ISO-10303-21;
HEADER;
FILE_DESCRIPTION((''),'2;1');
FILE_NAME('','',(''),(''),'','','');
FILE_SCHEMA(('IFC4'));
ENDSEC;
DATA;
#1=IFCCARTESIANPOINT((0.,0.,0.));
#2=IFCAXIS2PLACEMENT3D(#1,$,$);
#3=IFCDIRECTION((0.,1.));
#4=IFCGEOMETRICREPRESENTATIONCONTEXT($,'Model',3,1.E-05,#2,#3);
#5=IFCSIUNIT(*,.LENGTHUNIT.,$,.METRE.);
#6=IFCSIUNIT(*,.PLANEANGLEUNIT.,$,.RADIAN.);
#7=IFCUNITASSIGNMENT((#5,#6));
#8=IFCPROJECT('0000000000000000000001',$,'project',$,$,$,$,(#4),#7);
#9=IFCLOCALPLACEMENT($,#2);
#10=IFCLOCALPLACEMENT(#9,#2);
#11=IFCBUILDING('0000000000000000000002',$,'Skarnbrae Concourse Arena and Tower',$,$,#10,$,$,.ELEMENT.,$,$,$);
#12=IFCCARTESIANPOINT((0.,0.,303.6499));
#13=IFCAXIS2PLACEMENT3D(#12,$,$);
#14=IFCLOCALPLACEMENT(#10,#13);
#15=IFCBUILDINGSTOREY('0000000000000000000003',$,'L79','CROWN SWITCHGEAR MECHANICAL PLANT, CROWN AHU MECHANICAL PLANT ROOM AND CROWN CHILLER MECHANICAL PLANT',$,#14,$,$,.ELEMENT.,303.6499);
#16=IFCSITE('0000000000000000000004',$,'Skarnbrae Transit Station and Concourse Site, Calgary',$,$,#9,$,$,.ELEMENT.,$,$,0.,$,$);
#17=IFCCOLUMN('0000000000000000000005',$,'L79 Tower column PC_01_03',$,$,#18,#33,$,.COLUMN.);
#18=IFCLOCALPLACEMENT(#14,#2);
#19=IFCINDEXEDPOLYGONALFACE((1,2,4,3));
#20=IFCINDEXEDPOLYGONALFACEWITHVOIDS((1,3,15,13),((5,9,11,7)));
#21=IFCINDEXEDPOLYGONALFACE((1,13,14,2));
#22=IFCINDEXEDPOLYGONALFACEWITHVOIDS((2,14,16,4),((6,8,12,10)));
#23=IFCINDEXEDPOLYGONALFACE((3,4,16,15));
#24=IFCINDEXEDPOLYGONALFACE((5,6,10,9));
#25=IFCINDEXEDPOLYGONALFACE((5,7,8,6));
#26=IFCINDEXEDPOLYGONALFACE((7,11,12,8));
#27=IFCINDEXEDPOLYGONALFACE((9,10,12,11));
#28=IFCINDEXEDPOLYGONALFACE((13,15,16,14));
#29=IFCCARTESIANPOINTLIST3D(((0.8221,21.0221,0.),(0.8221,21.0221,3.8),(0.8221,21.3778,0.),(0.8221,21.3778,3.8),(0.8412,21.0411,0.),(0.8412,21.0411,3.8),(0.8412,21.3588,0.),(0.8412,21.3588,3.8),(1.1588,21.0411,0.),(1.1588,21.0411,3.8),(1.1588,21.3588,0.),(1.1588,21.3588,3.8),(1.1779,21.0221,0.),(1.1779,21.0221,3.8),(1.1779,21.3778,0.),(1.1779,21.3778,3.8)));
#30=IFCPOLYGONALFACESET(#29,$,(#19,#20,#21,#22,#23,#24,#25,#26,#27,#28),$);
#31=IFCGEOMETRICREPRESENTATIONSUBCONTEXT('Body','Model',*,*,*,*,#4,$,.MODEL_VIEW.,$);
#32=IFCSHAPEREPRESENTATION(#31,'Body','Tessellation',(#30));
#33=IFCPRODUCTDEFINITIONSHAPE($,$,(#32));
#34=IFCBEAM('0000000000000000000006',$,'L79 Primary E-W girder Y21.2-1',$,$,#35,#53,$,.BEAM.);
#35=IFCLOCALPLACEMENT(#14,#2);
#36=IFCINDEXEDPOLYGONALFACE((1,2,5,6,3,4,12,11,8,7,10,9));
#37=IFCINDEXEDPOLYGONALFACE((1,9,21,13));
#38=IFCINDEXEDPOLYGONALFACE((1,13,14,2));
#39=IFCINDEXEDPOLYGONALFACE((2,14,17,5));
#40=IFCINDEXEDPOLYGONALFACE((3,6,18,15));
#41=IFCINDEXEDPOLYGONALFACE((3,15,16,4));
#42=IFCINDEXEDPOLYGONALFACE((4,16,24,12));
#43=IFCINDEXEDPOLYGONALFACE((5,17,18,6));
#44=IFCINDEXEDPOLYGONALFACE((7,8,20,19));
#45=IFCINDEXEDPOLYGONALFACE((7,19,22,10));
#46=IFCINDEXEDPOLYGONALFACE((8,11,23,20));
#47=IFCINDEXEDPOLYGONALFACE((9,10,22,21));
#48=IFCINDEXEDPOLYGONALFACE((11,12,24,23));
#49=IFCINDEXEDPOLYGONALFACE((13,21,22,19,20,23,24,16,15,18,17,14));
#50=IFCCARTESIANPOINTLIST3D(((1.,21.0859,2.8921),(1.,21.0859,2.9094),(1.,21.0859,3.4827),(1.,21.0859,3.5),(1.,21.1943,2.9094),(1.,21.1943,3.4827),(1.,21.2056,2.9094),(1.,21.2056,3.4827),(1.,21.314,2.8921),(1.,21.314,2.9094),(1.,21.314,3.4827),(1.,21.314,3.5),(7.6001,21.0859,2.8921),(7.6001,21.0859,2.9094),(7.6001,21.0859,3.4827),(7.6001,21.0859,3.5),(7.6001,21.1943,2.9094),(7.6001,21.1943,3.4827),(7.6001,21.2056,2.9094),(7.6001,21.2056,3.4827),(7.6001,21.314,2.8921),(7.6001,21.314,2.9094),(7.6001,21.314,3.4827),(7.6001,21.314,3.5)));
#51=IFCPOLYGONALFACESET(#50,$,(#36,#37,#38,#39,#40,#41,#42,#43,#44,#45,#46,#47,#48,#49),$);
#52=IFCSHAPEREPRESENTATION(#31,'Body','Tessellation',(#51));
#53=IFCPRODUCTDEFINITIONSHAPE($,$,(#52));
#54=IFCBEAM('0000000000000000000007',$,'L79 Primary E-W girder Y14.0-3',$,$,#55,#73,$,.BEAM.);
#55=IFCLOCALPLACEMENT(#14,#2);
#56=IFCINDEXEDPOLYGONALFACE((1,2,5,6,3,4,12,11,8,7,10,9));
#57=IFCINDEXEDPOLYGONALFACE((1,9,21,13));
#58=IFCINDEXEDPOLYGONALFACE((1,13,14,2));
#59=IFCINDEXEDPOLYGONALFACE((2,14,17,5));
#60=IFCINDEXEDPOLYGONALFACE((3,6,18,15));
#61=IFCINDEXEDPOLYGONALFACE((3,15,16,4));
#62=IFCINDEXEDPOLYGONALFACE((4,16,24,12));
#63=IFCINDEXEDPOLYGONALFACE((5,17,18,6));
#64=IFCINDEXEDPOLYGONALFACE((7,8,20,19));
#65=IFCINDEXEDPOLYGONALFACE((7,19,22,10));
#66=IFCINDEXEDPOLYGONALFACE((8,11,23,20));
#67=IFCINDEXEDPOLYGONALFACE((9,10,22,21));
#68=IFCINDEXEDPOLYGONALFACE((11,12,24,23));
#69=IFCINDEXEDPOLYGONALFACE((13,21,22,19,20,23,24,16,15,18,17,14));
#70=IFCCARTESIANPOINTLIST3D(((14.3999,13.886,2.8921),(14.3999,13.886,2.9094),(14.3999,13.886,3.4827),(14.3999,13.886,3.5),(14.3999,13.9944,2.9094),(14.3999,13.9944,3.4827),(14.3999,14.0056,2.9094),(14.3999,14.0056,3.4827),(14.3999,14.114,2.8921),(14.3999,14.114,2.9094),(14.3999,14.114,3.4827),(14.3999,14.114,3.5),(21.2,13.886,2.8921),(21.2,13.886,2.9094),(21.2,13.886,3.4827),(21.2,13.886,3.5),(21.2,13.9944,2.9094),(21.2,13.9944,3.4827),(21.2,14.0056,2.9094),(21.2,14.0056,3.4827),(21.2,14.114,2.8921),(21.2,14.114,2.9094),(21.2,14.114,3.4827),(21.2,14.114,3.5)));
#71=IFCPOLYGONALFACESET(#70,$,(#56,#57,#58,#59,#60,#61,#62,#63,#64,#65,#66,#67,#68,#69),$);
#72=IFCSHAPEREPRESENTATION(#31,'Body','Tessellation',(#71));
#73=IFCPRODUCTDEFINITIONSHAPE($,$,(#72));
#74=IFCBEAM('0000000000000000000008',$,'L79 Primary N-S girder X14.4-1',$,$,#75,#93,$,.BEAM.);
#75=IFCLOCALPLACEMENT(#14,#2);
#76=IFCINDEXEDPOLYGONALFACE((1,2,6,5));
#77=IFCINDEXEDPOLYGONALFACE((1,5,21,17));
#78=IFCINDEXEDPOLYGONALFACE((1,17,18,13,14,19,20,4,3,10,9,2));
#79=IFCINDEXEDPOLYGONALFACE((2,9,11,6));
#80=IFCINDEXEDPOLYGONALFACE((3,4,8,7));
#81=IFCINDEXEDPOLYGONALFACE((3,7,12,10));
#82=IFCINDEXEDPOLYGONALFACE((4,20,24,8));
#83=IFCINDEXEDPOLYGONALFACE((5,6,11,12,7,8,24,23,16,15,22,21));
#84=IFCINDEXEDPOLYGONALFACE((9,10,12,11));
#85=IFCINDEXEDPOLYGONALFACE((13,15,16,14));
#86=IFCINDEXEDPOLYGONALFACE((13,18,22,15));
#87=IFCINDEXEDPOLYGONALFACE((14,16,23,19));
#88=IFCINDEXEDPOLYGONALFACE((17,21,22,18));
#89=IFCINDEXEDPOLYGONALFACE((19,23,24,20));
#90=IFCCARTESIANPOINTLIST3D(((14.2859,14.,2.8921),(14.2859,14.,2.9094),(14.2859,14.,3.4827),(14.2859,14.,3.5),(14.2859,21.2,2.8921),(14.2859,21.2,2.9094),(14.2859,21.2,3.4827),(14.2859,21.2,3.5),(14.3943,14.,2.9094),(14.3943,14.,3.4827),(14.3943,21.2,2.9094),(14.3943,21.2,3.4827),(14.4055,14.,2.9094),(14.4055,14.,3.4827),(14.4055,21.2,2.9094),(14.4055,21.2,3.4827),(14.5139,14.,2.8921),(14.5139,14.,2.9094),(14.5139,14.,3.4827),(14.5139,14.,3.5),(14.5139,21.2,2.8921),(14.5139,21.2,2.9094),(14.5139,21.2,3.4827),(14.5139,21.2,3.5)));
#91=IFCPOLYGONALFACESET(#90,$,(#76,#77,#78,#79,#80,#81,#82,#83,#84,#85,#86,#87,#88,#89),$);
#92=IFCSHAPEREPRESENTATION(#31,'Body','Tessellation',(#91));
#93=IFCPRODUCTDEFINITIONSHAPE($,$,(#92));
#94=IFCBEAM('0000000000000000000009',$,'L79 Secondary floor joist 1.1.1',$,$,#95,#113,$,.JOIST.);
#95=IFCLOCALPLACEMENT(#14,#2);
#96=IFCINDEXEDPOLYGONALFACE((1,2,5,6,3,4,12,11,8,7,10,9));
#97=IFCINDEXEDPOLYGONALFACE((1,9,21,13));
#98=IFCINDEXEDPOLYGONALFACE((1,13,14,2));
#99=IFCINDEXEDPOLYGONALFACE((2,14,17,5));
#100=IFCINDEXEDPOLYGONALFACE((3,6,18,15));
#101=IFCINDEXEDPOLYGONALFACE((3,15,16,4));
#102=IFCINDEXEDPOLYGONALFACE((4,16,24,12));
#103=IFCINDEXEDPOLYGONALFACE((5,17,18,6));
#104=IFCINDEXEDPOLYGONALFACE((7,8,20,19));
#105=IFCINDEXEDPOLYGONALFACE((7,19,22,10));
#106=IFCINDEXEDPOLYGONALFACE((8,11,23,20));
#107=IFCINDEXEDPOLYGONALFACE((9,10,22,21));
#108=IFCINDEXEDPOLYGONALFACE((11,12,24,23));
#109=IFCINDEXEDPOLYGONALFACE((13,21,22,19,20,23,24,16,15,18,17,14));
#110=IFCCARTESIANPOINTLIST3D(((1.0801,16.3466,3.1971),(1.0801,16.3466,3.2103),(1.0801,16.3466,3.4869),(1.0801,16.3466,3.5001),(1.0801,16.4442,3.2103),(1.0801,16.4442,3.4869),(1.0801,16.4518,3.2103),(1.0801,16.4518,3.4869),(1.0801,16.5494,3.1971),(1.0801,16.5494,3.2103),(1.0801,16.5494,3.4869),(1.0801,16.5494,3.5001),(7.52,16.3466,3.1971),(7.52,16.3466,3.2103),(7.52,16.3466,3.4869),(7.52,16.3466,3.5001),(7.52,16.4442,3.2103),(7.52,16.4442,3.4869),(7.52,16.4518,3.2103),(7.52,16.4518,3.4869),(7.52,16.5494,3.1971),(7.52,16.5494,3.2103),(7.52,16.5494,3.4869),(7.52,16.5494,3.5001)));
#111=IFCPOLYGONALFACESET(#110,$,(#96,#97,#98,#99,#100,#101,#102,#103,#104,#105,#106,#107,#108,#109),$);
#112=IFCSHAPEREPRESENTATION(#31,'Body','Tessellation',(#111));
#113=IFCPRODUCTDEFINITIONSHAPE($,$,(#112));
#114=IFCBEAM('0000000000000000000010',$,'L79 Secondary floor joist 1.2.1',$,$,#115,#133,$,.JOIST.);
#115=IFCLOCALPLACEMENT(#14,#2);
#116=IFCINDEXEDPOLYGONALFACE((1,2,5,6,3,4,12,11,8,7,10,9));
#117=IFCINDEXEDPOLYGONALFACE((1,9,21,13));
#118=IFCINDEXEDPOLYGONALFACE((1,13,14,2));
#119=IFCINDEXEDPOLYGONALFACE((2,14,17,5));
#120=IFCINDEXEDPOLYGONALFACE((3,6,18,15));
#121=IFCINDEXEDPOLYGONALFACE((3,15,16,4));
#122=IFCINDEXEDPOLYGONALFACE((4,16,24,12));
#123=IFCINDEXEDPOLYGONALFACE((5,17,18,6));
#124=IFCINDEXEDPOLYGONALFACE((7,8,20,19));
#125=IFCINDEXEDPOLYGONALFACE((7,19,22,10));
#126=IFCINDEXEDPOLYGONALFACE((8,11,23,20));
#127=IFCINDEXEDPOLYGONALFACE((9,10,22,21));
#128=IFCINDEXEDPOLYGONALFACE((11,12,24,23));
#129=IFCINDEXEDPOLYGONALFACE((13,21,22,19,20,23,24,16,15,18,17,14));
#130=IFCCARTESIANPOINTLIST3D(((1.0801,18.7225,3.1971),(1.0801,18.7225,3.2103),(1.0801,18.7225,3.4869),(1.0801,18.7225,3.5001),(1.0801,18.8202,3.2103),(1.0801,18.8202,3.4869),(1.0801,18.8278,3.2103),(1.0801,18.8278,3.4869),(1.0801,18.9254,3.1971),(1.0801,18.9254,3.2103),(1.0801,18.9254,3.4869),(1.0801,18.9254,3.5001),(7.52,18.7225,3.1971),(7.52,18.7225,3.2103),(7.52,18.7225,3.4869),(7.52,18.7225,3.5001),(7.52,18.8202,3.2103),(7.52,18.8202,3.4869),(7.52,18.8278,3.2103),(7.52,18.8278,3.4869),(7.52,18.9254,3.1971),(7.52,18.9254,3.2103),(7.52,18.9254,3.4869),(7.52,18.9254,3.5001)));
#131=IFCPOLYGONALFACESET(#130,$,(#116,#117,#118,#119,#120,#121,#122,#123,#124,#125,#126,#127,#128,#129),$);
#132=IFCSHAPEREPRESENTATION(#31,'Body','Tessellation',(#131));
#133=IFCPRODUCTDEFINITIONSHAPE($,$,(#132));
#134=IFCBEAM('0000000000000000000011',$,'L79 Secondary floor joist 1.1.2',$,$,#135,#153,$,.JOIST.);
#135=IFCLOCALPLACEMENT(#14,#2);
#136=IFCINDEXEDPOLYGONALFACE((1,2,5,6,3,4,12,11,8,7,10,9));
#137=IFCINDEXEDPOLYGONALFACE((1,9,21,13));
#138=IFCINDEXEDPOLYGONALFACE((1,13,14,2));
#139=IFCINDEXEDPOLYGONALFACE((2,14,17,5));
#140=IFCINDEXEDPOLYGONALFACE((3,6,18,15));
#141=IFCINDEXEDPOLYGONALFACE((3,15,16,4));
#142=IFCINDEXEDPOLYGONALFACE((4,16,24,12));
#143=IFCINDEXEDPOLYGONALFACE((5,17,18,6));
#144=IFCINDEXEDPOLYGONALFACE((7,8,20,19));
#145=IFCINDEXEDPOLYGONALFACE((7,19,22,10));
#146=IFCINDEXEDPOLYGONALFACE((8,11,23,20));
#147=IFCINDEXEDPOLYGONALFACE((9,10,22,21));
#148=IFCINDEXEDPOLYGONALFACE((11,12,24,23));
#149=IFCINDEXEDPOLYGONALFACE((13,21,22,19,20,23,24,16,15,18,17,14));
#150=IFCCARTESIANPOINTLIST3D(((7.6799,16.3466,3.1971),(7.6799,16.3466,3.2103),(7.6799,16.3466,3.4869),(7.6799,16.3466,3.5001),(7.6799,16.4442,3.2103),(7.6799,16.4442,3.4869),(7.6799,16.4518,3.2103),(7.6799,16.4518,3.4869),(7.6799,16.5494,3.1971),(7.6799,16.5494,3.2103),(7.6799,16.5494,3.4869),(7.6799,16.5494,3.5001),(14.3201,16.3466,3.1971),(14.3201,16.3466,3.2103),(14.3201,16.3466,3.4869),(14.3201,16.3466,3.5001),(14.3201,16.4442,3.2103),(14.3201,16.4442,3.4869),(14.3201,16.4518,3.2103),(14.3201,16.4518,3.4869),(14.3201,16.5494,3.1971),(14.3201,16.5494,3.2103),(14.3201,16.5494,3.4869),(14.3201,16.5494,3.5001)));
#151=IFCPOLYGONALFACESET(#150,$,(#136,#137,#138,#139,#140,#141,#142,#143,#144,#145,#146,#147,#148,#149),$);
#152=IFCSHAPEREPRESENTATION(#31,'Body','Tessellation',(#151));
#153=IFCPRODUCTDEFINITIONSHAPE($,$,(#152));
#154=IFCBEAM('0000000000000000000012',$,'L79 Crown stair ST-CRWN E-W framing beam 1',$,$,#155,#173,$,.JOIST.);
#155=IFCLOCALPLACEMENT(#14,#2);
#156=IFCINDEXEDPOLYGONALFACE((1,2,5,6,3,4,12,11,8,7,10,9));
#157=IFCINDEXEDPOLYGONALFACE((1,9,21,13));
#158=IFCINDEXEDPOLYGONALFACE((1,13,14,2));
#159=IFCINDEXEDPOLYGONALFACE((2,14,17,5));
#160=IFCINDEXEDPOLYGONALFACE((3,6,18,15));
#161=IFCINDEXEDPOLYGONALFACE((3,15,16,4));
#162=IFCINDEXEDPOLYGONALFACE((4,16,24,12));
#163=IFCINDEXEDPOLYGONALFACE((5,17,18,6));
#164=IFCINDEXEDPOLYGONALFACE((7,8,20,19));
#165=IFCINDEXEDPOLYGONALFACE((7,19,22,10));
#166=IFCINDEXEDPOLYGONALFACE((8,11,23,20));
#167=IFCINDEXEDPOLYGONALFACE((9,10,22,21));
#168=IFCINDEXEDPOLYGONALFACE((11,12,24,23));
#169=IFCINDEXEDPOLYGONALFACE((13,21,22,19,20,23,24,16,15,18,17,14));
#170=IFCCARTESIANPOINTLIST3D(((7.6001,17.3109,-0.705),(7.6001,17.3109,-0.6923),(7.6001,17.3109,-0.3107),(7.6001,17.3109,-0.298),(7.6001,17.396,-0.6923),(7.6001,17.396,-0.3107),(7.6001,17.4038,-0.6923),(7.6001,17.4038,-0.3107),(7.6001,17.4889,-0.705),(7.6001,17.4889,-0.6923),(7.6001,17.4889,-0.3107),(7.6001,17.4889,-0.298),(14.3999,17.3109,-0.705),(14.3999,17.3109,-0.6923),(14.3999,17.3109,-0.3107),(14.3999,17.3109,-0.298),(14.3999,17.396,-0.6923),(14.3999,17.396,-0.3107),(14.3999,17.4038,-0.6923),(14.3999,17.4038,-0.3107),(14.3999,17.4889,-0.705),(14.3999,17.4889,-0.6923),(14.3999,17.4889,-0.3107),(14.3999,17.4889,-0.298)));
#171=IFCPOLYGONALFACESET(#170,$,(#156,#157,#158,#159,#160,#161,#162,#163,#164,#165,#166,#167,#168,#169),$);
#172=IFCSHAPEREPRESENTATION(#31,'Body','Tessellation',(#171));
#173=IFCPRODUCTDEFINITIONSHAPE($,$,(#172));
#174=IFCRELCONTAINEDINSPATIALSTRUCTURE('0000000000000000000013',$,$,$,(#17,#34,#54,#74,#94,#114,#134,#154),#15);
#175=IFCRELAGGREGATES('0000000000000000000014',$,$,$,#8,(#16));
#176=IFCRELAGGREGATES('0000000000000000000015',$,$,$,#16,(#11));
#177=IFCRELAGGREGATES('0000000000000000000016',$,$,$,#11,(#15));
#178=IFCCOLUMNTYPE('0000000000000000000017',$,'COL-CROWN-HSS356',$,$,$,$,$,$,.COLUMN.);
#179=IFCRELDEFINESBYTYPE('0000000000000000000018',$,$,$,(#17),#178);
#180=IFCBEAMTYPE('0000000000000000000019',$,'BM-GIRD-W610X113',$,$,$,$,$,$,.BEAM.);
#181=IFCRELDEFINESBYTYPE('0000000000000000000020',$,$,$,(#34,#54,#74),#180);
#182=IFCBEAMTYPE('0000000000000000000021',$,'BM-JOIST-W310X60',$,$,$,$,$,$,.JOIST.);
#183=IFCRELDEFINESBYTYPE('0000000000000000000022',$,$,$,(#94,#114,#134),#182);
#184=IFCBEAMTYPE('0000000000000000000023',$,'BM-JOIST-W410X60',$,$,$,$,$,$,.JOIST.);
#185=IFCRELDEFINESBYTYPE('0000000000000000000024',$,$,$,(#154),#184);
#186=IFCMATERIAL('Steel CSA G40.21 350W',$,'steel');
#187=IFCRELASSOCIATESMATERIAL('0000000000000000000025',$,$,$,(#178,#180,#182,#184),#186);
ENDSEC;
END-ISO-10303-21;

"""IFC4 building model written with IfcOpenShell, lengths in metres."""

from ifc_helpers import new_model, si_unit, direction, frame, origin, origin_2d, place, context, subcontext, project, spatial, hollow_rectangle, i_section, extrude, source, transform, mapped, material, material_profile, profile_set, type_object, element, save


model = new_model("IFC4")

# Units and contexts
model_context = context("Model", 3, precision=1e-05, world=origin(), true_north=direction((0.0, 1.0)))
body_context = subcontext(model_context, "Body", "Model", "MODEL_VIEW")
ifc_project = project(units=[si_unit("LENGTHUNIT", "METRE"), si_unit("PLANEANGLEUNIT", "RADIAN")], contexts=[model_context])

# Site, building, storey
site_placement = place(None, origin())
site = spatial("IfcSite", under=ifc_project, at=site_placement, Name="Skarnbrae Transit Station and Concourse Site, Calgary", CompositionType="ELEMENT", RefElevation=0.0)
building_placement = place(site_placement, origin())
building = spatial("IfcBuilding", under=site, at=building_placement, Name="Skarnbrae Concourse Arena and Tower", CompositionType="ELEMENT")
storey_placement = place(building_placement, frame((0.0, 0.0, 303.6499)))
storey = spatial("IfcBuildingStorey", under=building, at=storey_placement, Name="L79", Description="CROWN SWITCHGEAR MECHANICAL PLANT, CROWN AHU MECHANICAL PLANT ROOM AND CROWN CHILLER MECHANICAL PLANT", CompositionType="ELEMENT", Elevation=303.6499)

# Column
ifc_material_1 = material(Name="Steel CSA G40.21 350W", Category="steel")
ifc_material_profile_1 = material_profile(ifc_material_1, hollow_rectangle(XDim=0.3557, YDim=0.3557, WallThickness=0.019, at=origin_2d()), Name="HSS356X356X19.0")
ifc_profile_set_1 = profile_set([ifc_material_profile_1], Name="Steel CSA G40.21 350W")
column_type = type_object("IfcColumnType", Name="COL-CROWN-HSS356", PredefinedType="COLUMN", material=ifc_profile_set_1)
shared_shape_1 = source(origin(), body_context, "Body", "SweptSolid", [
    extrude(hollow_rectangle(XDim=0.3557, YDim=0.3557, WallThickness=0.019, at=origin_2d()), origin(), (0.0, 0.0, 1.0), 3.8),
])
column_placement = place(storey_placement, frame((1.0, 21.2, 0.0), z_axis=(0.0, 0.0, 1.0), x_axis=(1.0, 0.0, 0.0)))
element("IfcColumn", 1, at=column_placement, inside=storey, type_object=column_type, Name="L79 Tower column PC_01_03", PredefinedType="COLUMN", context=body_context, shape_type="MappedRepresentation", body=[
    mapped(shared_shape_1, transform((0.0, 0.0, 0.0))),
])

# Beams
ifc_material_profile_2 = material_profile(ifc_material_1, i_section(OverallWidth=0.228, OverallDepth=0.6079, WebThickness=0.0112, FlangeThickness=0.0173, at=origin_2d()), Name="W610X113")
ifc_profile_set_2 = profile_set([ifc_material_profile_2], Name="Steel CSA G40.21 350W")
beam_type_1 = type_object("IfcBeamType", Name="BM-GIRD-W610X113", PredefinedType="BEAM", material=ifc_profile_set_2)
shared_shape_2 = source(origin(), body_context, "Body", "SweptSolid", [
    extrude(i_section(OverallWidth=0.228, OverallDepth=0.6079, WebThickness=0.0112, FlangeThickness=0.0173, at=origin_2d()), origin(), (0.0, 0.0, 1.0), 6.6001),
])
beam_1_placement = place(storey_placement, frame((1.0, 21.2, 3.196), z_axis=(1.0, 0.0, 0.0), x_axis=(0.0, 1.0, 0.0)))
element("IfcBeam", 2, at=beam_1_placement, inside=storey, type_object=beam_type_1, Name="L79 Primary E-W girder Y21.2-1", PredefinedType="BEAM", context=body_context, shape_type="MappedRepresentation", body=[
    mapped(shared_shape_2, transform((0.0, 0.0, 0.0))),
])
shared_shape_3 = source(origin(), body_context, "Body", "SweptSolid", [
    extrude(i_section(OverallWidth=0.228, OverallDepth=0.6079, WebThickness=0.0112, FlangeThickness=0.0173, at=origin_2d()), origin(), (0.0, 0.0, 1.0), 6.8),
])
beam_2_placement = place(storey_placement, frame((14.3999, 14.0, 3.196), z_axis=(1.0, 0.0, 0.0), x_axis=(0.0, 1.0, 0.0)))
element("IfcBeam", 3, at=beam_2_placement, inside=storey, type_object=beam_type_1, Name="L79 Primary E-W girder Y14.0-3", PredefinedType="BEAM", context=body_context, shape_type="MappedRepresentation", body=[
    mapped(shared_shape_3, transform((0.0, 0.0, 0.0))),
])
shared_shape_4 = source(origin(), body_context, "Body", "SweptSolid", [
    extrude(i_section(OverallWidth=0.228, OverallDepth=0.6079, WebThickness=0.0112, FlangeThickness=0.0173, at=origin_2d()), origin(), (0.0, 0.0, 1.0), 7.2),
])
beam_3_placement = place(storey_placement, frame((14.3999, 14.0, 3.196), z_axis=(0.0, 1.0, 0.0), x_axis=(-1.0, 0.0, 0.0)))
element("IfcBeam", 4, at=beam_3_placement, inside=storey, type_object=beam_type_1, Name="L79 Primary N-S girder X14.4-1", PredefinedType="BEAM", context=body_context, shape_type="MappedRepresentation", body=[
    mapped(shared_shape_4, transform((0.0, 0.0, 0.0))),
])
ifc_material_profile_3 = material_profile(ifc_material_1, i_section(OverallWidth=0.2029, OverallDepth=0.303, WebThickness=0.0076, FlangeThickness=0.0132, at=origin_2d()), Name="W310X60")
ifc_profile_set_3 = profile_set([ifc_material_profile_3], Name="Steel CSA G40.21 350W")
beam_type_2 = type_object("IfcBeamType", Name="BM-JOIST-W310X60", PredefinedType="JOIST", material=ifc_profile_set_3)
shared_shape_5 = source(origin(), body_context, "Body", "SweptSolid", [
    extrude(i_section(OverallWidth=0.2029, OverallDepth=0.303, WebThickness=0.0076, FlangeThickness=0.0132, at=origin_2d()), origin(), (0.0, 0.0, 1.0), 6.4399),
])
for number, where, z_axis, x_axis, name in (
    (5, (1.0801, 16.448, 3.3486), (1.0, 0.0, 0.0), (0.0, 1.0, 0.0), "L79 Secondary floor joist 1.1.1"),
    (6, (1.0801, 18.824, 3.3486), (1.0, 0.0, 0.0), (0.0, 1.0, 0.0), "L79 Secondary floor joist 1.2.1"),
):
    element("IfcBeam", number, at=place(storey_placement, frame(where, z_axis=z_axis, x_axis=x_axis)), inside=storey, type_object=beam_type_2, Name=name, PredefinedType="JOIST", context=body_context, shape_type="MappedRepresentation", body=[
        mapped(shared_shape_5, transform((0.0, 0.0, 0.0))),
    ])
shared_shape_6 = source(origin(), body_context, "Body", "SweptSolid", [
    extrude(i_section(OverallWidth=0.2029, OverallDepth=0.303, WebThickness=0.0076, FlangeThickness=0.0132, at=origin_2d()), origin(), (0.0, 0.0, 1.0), 6.6401),
])
beam_4_placement = place(storey_placement, frame((7.6799, 16.448, 3.3486), z_axis=(1.0, 0.0, 0.0), x_axis=(0.0, 1.0, 0.0)))
element("IfcBeam", 7, at=beam_4_placement, inside=storey, type_object=beam_type_2, Name="L79 Secondary floor joist 1.1.2", PredefinedType="JOIST", context=body_context, shape_type="MappedRepresentation", body=[
    mapped(shared_shape_6, transform((0.0, 0.0, 0.0))),
])
ifc_material_profile_4 = material_profile(ifc_material_1, i_section(OverallWidth=0.178, OverallDepth=0.407, WebThickness=0.0078, FlangeThickness=0.0127, at=origin_2d()), Name="W410X60")
ifc_profile_set_4 = profile_set([ifc_material_profile_4], Name="Steel CSA G40.21 350W")
beam_type_3 = type_object("IfcBeamType", Name="BM-JOIST-W410X60", PredefinedType="JOIST", material=ifc_profile_set_4)
shared_shape_7 = source(origin(), body_context, "Body", "SweptSolid", [
    extrude(i_section(OverallWidth=0.178, OverallDepth=0.407, WebThickness=0.0078, FlangeThickness=0.0127, at=origin_2d()), origin(), (0.0, 0.0, 1.0), 6.7998),
])
for number, where, z_axis, x_axis, name in (
    (8, (7.6001, 17.3999, -0.5015), (1.0, 0.0, 0.0), (0.0, 1.0, 0.0), "L79 Crown stair ST-CRWN E-W framing beam 1"),
):
    element("IfcBeam", number, at=place(storey_placement, frame(where, z_axis=z_axis, x_axis=x_axis)), inside=storey, type_object=beam_type_3, Name=name, PredefinedType="JOIST", context=body_context, shape_type="MappedRepresentation", body=[
        mapped(shared_shape_7, transform((0.0, 0.0, 0.0))),
    ])

save(model, "model.ifc")
